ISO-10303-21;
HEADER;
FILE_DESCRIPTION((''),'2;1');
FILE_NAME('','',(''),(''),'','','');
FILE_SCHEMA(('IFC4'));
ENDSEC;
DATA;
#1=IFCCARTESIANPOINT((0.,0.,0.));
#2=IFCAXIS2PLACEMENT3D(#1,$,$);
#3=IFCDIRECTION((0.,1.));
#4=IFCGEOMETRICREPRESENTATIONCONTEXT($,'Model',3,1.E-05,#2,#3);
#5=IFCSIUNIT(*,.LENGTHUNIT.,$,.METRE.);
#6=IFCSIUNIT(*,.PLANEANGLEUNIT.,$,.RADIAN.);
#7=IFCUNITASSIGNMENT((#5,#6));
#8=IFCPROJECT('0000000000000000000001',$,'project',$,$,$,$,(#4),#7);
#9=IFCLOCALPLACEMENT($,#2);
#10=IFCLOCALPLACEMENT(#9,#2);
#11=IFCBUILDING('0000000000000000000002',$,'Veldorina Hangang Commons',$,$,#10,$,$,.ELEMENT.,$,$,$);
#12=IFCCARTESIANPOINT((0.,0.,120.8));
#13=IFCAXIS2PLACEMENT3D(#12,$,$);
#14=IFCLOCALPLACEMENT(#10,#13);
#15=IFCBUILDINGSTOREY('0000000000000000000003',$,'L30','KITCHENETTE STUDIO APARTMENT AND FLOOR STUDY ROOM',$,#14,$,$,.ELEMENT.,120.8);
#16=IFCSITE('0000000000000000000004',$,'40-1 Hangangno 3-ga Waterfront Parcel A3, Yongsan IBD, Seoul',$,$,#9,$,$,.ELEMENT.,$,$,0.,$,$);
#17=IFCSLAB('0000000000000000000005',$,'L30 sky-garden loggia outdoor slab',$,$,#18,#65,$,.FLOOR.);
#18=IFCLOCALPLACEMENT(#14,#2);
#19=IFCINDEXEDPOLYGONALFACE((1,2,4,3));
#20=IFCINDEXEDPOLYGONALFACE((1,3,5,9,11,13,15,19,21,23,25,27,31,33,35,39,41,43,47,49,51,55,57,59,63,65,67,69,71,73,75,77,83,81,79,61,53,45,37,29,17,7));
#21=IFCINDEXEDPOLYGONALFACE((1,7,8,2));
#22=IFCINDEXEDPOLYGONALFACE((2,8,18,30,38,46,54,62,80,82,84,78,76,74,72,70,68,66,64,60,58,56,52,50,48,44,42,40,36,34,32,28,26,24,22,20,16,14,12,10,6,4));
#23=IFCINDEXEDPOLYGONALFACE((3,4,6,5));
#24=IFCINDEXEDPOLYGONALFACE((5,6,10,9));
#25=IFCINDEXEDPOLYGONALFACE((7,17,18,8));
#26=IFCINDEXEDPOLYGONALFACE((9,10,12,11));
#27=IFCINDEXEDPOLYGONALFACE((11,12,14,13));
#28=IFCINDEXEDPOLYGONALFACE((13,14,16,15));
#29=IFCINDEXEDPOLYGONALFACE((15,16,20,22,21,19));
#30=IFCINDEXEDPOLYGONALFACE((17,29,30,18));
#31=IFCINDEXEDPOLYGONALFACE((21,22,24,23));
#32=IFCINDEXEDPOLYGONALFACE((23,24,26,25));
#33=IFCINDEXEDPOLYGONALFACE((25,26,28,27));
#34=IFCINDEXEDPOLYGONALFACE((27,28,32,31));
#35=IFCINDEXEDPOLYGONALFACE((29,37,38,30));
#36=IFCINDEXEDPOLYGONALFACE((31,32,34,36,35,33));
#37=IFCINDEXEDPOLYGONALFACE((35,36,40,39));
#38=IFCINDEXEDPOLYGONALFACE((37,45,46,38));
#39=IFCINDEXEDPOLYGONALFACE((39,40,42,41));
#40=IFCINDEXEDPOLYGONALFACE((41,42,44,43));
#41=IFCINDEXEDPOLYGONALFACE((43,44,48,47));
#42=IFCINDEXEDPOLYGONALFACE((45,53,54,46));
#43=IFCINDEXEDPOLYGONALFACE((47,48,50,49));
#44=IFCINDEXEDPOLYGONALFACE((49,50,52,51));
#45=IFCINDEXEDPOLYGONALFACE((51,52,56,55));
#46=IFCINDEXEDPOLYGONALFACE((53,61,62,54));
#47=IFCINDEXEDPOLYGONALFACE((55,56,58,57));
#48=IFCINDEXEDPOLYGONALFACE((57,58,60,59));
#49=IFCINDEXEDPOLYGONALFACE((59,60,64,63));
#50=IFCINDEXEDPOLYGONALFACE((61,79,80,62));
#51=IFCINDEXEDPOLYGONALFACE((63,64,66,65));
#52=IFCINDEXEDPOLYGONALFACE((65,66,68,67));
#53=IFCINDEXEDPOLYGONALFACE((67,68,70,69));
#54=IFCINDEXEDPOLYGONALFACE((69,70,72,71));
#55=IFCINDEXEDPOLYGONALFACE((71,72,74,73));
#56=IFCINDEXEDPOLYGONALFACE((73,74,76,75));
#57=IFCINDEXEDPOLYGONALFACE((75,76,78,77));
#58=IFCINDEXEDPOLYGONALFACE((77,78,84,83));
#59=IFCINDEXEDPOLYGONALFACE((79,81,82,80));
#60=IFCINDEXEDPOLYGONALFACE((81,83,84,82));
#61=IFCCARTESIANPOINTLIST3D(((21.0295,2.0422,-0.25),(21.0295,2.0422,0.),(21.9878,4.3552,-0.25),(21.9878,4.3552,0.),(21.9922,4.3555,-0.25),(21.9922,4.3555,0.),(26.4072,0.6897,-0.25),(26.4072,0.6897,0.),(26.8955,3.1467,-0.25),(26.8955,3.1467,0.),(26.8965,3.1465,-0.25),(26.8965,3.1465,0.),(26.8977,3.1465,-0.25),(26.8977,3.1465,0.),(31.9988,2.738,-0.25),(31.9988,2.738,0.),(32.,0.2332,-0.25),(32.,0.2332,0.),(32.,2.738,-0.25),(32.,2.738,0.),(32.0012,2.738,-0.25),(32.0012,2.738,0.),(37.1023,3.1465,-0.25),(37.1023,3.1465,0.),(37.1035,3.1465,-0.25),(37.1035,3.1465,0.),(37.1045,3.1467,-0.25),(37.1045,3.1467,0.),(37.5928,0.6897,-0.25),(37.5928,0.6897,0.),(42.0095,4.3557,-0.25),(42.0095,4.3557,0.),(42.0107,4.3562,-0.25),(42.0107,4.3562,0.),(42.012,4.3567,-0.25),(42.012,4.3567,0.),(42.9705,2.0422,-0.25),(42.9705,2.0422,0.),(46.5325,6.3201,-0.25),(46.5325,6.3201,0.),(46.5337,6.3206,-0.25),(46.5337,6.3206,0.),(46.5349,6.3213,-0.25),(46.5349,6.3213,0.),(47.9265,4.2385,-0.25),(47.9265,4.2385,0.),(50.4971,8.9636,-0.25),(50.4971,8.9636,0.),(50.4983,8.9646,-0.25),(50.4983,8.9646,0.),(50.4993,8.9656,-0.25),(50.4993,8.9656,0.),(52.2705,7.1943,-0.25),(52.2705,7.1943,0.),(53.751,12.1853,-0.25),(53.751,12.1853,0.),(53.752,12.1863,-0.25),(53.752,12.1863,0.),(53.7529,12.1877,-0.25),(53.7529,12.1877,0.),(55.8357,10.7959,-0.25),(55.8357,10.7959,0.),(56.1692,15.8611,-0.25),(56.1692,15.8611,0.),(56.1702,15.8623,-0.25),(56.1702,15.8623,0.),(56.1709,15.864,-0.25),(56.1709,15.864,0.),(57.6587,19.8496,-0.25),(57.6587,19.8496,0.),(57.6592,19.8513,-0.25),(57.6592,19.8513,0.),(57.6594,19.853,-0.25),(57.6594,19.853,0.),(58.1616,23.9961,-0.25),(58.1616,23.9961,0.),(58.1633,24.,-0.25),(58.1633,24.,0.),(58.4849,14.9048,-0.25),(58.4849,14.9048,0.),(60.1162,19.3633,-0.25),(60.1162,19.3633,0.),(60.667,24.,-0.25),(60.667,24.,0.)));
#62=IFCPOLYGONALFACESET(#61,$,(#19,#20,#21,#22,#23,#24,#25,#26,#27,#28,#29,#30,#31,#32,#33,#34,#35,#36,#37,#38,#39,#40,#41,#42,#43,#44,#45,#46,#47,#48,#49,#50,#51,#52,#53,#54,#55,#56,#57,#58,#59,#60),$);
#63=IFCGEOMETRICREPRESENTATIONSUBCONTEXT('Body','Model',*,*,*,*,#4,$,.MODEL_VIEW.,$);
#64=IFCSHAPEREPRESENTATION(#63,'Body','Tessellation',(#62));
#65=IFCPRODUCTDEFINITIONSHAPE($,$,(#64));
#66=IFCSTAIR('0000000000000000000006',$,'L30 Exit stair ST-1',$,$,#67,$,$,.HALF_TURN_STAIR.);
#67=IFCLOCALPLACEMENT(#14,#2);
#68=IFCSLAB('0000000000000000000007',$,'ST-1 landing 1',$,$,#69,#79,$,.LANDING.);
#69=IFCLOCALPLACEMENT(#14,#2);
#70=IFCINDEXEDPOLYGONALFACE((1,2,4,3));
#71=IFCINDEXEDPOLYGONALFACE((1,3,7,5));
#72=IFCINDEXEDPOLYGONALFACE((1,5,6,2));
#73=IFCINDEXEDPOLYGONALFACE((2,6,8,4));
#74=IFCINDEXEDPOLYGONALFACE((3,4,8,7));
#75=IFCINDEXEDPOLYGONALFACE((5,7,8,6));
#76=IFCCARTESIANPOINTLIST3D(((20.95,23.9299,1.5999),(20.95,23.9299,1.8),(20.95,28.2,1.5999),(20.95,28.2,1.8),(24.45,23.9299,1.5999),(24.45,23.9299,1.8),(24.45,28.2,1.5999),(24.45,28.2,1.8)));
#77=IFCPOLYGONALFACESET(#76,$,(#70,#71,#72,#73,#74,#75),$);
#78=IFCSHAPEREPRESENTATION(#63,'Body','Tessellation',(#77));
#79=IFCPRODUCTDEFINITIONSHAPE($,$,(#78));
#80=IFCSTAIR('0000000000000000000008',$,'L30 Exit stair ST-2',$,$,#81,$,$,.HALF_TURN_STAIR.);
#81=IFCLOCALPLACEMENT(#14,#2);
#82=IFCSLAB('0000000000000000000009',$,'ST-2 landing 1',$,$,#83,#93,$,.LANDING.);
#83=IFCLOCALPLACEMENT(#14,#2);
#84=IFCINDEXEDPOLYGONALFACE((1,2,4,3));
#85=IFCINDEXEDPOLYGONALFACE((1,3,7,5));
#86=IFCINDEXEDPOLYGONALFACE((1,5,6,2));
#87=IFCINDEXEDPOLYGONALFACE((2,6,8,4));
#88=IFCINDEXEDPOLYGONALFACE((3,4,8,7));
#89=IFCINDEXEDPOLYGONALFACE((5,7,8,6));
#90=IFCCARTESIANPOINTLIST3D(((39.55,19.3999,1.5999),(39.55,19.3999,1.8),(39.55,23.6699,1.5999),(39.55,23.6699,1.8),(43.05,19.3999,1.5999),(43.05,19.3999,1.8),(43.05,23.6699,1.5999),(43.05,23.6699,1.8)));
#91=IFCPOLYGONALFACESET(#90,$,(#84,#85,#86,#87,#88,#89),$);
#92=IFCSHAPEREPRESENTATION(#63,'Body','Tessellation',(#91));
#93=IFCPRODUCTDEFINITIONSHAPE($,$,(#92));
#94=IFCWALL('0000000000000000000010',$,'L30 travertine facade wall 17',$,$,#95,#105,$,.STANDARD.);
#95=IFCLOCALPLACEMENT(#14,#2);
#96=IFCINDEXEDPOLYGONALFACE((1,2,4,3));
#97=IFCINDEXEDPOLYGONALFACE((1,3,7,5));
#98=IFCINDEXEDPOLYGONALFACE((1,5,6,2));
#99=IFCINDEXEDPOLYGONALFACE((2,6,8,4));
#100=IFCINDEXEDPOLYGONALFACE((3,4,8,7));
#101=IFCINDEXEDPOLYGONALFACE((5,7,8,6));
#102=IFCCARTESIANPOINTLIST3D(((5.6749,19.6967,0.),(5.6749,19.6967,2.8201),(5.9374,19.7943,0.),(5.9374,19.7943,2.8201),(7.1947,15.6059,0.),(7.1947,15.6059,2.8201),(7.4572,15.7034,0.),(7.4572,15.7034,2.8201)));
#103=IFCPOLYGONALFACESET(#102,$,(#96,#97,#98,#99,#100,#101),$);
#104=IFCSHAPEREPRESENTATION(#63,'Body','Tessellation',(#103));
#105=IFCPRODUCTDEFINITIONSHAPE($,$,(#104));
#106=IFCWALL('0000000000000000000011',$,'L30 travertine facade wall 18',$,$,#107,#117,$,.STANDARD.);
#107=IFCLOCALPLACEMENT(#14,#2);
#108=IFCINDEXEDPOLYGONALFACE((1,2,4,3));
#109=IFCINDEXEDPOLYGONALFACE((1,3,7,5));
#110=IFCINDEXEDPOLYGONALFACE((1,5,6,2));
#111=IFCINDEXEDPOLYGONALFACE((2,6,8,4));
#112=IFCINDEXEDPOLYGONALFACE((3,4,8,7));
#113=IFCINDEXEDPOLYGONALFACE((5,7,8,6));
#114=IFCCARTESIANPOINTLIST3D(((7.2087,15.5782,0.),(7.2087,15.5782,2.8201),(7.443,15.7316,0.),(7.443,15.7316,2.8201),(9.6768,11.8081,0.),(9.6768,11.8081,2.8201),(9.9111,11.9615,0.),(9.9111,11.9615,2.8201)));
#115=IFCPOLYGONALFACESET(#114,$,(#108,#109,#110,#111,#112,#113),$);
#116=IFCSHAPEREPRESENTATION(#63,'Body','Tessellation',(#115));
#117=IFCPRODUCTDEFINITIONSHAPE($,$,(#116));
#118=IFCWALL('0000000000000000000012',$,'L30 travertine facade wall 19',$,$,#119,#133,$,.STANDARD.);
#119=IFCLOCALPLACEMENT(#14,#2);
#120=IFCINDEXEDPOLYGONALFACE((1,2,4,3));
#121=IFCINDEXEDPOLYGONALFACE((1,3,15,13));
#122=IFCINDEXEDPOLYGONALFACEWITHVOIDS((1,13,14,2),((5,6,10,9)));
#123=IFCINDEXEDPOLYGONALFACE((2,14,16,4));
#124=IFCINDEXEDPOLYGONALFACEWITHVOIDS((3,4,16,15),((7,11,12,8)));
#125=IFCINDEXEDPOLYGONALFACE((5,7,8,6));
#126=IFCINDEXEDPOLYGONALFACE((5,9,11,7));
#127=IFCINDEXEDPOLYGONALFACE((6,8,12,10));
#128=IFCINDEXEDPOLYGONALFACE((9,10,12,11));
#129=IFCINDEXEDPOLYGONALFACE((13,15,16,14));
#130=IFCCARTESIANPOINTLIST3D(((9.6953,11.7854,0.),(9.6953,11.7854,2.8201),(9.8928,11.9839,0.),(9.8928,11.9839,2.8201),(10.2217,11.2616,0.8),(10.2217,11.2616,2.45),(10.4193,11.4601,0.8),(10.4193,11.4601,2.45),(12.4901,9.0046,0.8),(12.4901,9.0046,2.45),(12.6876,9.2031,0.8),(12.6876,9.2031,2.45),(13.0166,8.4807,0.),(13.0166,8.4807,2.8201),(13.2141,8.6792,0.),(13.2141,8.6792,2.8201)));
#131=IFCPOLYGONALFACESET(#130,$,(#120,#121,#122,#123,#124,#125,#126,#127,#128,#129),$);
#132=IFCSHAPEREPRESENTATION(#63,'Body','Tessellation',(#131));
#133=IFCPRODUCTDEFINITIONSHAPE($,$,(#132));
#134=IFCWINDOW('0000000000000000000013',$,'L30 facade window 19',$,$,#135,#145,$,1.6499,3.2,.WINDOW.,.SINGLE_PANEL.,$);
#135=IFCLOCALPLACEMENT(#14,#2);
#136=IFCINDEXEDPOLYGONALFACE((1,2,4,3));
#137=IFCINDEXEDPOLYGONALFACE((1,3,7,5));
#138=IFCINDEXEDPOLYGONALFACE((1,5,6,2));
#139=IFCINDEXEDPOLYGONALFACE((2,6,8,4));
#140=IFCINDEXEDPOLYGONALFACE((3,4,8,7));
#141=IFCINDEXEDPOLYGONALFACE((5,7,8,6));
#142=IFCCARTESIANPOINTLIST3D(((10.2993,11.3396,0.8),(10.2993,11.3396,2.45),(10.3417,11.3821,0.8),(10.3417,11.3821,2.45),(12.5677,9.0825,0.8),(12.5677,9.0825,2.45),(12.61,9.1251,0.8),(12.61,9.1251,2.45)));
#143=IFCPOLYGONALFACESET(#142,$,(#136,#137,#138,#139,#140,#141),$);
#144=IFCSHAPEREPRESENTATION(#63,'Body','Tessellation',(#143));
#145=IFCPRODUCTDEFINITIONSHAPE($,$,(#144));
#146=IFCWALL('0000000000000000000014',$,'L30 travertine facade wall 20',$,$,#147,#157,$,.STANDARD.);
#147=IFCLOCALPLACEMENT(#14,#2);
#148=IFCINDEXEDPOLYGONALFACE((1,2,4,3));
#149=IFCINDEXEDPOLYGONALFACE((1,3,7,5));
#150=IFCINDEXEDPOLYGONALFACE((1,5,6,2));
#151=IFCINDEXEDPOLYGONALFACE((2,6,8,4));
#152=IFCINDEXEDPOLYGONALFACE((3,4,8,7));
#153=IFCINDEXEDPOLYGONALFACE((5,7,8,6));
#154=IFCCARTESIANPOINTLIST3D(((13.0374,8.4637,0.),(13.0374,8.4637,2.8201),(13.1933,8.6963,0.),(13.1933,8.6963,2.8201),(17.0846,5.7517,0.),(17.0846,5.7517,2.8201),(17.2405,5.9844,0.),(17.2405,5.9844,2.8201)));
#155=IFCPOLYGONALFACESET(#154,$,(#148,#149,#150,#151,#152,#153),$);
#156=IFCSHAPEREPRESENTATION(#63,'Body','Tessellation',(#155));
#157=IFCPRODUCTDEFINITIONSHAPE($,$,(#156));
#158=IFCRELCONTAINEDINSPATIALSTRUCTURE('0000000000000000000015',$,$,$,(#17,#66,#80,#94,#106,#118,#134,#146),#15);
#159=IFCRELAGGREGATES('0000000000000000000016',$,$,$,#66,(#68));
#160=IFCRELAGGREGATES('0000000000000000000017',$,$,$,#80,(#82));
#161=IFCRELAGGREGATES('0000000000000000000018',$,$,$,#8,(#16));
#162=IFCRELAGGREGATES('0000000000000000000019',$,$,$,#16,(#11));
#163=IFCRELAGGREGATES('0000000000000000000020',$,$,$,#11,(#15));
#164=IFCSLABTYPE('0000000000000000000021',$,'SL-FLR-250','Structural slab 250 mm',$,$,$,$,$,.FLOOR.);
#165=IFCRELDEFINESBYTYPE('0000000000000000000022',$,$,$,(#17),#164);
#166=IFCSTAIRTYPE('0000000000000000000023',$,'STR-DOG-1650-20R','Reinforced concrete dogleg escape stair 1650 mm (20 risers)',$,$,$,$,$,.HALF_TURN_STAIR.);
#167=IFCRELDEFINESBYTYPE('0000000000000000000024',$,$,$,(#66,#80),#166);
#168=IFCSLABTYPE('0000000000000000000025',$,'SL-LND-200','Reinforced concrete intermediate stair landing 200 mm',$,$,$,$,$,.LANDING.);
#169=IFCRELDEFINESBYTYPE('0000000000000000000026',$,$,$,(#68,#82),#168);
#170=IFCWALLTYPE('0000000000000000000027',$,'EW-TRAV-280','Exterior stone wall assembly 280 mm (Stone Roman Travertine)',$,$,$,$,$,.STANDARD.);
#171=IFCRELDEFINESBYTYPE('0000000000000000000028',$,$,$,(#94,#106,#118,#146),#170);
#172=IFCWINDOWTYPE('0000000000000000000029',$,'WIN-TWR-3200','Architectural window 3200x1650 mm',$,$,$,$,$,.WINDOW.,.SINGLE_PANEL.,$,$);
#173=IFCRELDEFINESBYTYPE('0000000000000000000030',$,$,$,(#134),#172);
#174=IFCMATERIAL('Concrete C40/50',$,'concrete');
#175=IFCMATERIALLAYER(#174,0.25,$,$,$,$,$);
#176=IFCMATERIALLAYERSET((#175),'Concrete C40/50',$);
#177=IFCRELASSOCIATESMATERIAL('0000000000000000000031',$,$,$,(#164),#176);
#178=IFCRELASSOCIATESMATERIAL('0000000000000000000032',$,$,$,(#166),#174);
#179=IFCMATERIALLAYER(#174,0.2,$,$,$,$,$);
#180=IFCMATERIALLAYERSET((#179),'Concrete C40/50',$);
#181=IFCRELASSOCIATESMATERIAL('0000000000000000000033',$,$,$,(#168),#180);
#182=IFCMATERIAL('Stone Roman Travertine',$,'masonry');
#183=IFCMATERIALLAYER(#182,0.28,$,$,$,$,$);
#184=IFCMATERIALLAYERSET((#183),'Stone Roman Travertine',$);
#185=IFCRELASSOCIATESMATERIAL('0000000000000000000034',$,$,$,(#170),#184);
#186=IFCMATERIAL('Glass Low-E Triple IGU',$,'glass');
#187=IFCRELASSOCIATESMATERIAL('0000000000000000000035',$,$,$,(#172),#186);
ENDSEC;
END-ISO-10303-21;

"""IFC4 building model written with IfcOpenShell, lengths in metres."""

from ifc_helpers import new_model, si_unit, direction, frame, frame_2d, origin, place, context, subcontext, project, spatial, polyline, rectangle, outline, extrude, material, layer, layer_set, type_object, element, fill, aggregate, save


model = new_model("IFC4")

# Units and contexts
model_context = context("Model", 3, precision=1e-05, world=origin(), true_north=direction((0.0, 1.0)))
body_context = subcontext(model_context, "Body", "Model", "MODEL_VIEW")
ifc_project = project(units=[si_unit("LENGTHUNIT", "METRE"), si_unit("PLANEANGLEUNIT", "RADIAN")], contexts=[model_context])

# Site, building, storey
site_placement = place(None, origin())
site = spatial("IfcSite", under=ifc_project, at=site_placement, Name="40-1 Hangangno 3-ga Waterfront Parcel A3, Yongsan IBD, Seoul", CompositionType="ELEMENT", RefElevation=0.0)
building_placement = place(site_placement, origin())
building = spatial("IfcBuilding", under=site, at=building_placement, Name="Veldorina Hangang Commons", CompositionType="ELEMENT")
storey_placement = place(building_placement, frame((0.0, 0.0, 120.8)))
storey = spatial("IfcBuildingStorey", under=building, at=storey_placement, Name="L30", Description="KITCHENETTE STUDIO APARTMENT AND FLOOR STUDY ROOM", CompositionType="ELEMENT", Elevation=120.8)

# Slab
ifc_material_1 = material(Name="Concrete C40/50", Category="concrete")
ifc_layer_1 = layer(ifc_material_1, 0.25)
ifc_layer_set_1 = layer_set([ifc_layer_1], Name="Concrete C40/50")
slab_type_1 = type_object("IfcSlabType", Name="SL-FLR-250", Description="Structural slab 250 mm", PredefinedType="FLOOR", material=ifc_layer_set_1)
slab_1_placement = place(storey_placement, frame((0.0, 0.0, -0.25)))
element("IfcSlab", 1, at=slab_1_placement, inside=storey, type_object=slab_type_1, Name="L30 sky-garden loggia outdoor slab", PredefinedType="FLOOR", context=body_context, shape_type="SweptSolid", body=[
    extrude(outline(polyline([(60.667, 24.0), (60.1162, 19.3633), (58.4849, 14.9048), (55.8357, 10.7959), (52.2705, 7.1943), (47.9265, 4.2385), (42.9705, 2.0422), (37.5928, 0.6897), (32.0, 0.2332), (26.4072, 0.6897), (21.0295, 2.0422), (21.9878, 4.3552), (21.9922, 4.3555), (26.8955, 3.1467), (26.8965, 3.1465), (26.8977, 3.1465), (31.9988, 2.738), (32.0, 2.738), (32.0012, 2.738), (37.1023, 3.1465), (37.1035, 3.1465), (37.1045, 3.1467), (42.0095, 4.3557), (42.0107, 4.3562), (42.012, 4.3567), (46.5325, 6.3201), (46.5337, 6.3206), (46.5349, 6.3213), (50.4971, 8.9636), (50.4983, 8.9646), (50.4993, 8.9656), (53.751, 12.1853), (53.752, 12.1863), (53.7529, 12.1877), (56.1692, 15.8611), (56.1702, 15.8623), (56.1709, 15.864), (57.6587, 19.8496), (57.6592, 19.8513), (57.6594, 19.853), (58.1616, 23.9961), (58.1633, 24.0), (60.667, 24.0)])), origin(), (0.0, 0.0, 1.0), 0.25),
])

# Stairs, slabs
stair_type = type_object("IfcStairType", Name="STR-DOG-1650-20R", Description="Reinforced concrete dogleg escape stair 1650 mm (20 risers)", PredefinedType="HALF_TURN_STAIR", material=ifc_material_1)
stair_1_placement = place(storey_placement, origin())
stair_1 = element("IfcStair", 2, at=stair_1_placement, inside=storey, type_object=stair_type, Name="L30 Exit stair ST-1", PredefinedType="HALF_TURN_STAIR")
ifc_layer_2 = layer(ifc_material_1, 0.2)
ifc_layer_set_2 = layer_set([ifc_layer_2], Name="Concrete C40/50")
slab_type_2 = type_object("IfcSlabType", Name="SL-LND-200", Description="Reinforced concrete intermediate stair landing 200 mm", PredefinedType="LANDING", material=ifc_layer_set_2)
slab_2_placement = place(storey_placement, frame((0.0, 0.0, 1.5999)))
slab_2 = element("IfcSlab", 3, at=slab_2_placement, type_object=slab_type_2, Name="ST-1 landing 1", PredefinedType="LANDING", context=body_context, shape_type="SweptSolid", body=[
    extrude(outline(polyline([(24.45, 23.9299), (24.45, 28.2), (20.95, 28.2), (20.95, 23.9299), (24.45, 23.9299)])), origin(), (0.0, 0.0, 1.0), 0.2002),
])
aggregate(stair_1, [slab_2])
stair_2_placement = place(storey_placement, origin())
stair_2 = element("IfcStair", 4, at=stair_2_placement, inside=storey, type_object=stair_type, Name="L30 Exit stair ST-2", PredefinedType="HALF_TURN_STAIR")
slab_3_placement = place(storey_placement, frame((0.0, 0.0, 1.5999)))
slab_3 = element("IfcSlab", 5, at=slab_3_placement, type_object=slab_type_2, Name="ST-2 landing 1", PredefinedType="LANDING", context=body_context, shape_type="SweptSolid", body=[
    extrude(outline(polyline([(39.55, 23.6699), (39.55, 19.3999), (43.05, 19.3999), (43.05, 23.6699), (39.55, 23.6699)])), origin(), (0.0, 0.0, 1.0), 0.2002),
])
aggregate(stair_2, [slab_3])

# Walls
ifc_material_2 = material(Name="Stone Roman Travertine", Category="masonry")
ifc_layer_3 = layer(ifc_material_2, 0.28)
ifc_layer_set_3 = layer_set([ifc_layer_3], Name="Stone Roman Travertine")
wall_type = type_object("IfcWallType", Name="EW-TRAV-280", Description="Exterior stone wall assembly 280 mm (Stone Roman Travertine)", PredefinedType="STANDARD", material=ifc_layer_set_3)
wall_1_placement = place(storey_placement, frame((5.8062, 19.7456, 0.0), z_axis=(0.0, 0.0, 1.0), x_axis=(0.348253, -0.937401, 0.0)))
element("IfcWall", 6, at=wall_1_placement, inside=storey, type_object=wall_type, Name="L30 travertine facade wall 17", PredefinedType="STANDARD", context=body_context, shape_type="SweptSolid", body=[
    extrude(rectangle(XDim=4.364, YDim=0.28, at=frame_2d((2.1821, 0.0))), origin(), (0.0, 0.0, 1.0), 2.8201),
])
wall_2_placement = place(storey_placement, frame((7.3259, 15.6548, 0.0), z_axis=(0.0, 0.0, 1.0), x_axis=(0.547716, -0.836664, 0.0)))
element("IfcWall", 7, at=wall_2_placement, inside=storey, type_object=wall_type, Name="L30 travertine facade wall 18", PredefinedType="STANDARD", context=body_context, shape_type="SweptSolid", body=[
    extrude(rectangle(XDim=4.5061, YDim=0.28, at=frame_2d((2.2529, 0.0))), origin(), (0.0, 0.0, 1.0), 2.8201),
])

# Wall, opening, window
wall_3_placement = place(storey_placement, frame((9.7939, 11.8848, 0.0), z_axis=(0.0, 0.0, 1.0), x_axis=(0.708876, -0.705333, 0.0)))
wall_3 = element("IfcWall", 8, at=wall_3_placement, inside=storey, type_object=wall_type, Name="L30 travertine facade wall 19", PredefinedType="STANDARD", context=body_context, shape_type="SweptSolid", body=[
    extrude(rectangle(XDim=4.6853, YDim=0.28, at=frame_2d((2.3428, 0.0))), origin(), (0.0, 0.0, 1.0), 2.8201),
])
opening_placement = place(wall_3_placement, frame((0.7427, 0.0, 0.8)))
opening = element("IfcOpeningElement", 9, at=opening_placement, cuts=wall_3, PredefinedType="OPENING", context=body_context, shape_type="SweptSolid", body=[
    extrude(rectangle(XDim=3.2, YDim=1.6499, at=frame_2d((1.6001, 0.825))), frame((0.0, 0.1499, 0.0), z_axis=(0.0, -1.0, 0.0), x_axis=(1.0, 0.0, 0.0)), (0.0, 0.0, 1.0), 0.3),
])
ifc_material_3 = material(Name="Glass Low-E Triple IGU", Category="glass")
window_type = type_object("IfcWindowType", Name="WIN-TWR-3200", Description="Architectural window 3200x1650 mm", PartitioningType="SINGLE_PANEL", PredefinedType="WINDOW", material=ifc_material_3)
window_placement = place(opening_placement, origin())
window = element("IfcWindow", 10, at=window_placement, inside=storey, type_object=window_type, Name="L30 facade window 19", OverallHeight=1.6499, OverallWidth=3.2, PartitioningType="SINGLE_PANEL", PredefinedType="WINDOW", context=body_context, shape_type="SweptSolid", body=[
    extrude(rectangle(XDim=3.2, YDim=1.6499, at=frame_2d((1.6001, 0.825))), frame((0.0, 0.03, 0.0), z_axis=(0.0, -1.0, 0.0), x_axis=(1.0, 0.0, 0.0)), (0.0, 0.0, 1.0), 0.0601),
])
fill(opening, window)

# Wall
wall_4_placement = place(storey_placement, frame((13.1152, 8.5801, 0.0), z_axis=(0.0, 0.0, 1.0), x_axis=(0.830737, -0.556665, 0.0)))
element("IfcWall", 11, at=wall_4_placement, inside=storey, type_object=wall_type, Name="L30 travertine facade wall 20", PredefinedType="STANDARD", context=body_context, shape_type="SweptSolid", body=[
    extrude(rectangle(XDim=4.8718, YDim=0.28, at=frame_2d((2.436, 0.0))), origin(), (0.0, 0.0, 1.0), 2.8201),
])

save(model, "model.ifc")
